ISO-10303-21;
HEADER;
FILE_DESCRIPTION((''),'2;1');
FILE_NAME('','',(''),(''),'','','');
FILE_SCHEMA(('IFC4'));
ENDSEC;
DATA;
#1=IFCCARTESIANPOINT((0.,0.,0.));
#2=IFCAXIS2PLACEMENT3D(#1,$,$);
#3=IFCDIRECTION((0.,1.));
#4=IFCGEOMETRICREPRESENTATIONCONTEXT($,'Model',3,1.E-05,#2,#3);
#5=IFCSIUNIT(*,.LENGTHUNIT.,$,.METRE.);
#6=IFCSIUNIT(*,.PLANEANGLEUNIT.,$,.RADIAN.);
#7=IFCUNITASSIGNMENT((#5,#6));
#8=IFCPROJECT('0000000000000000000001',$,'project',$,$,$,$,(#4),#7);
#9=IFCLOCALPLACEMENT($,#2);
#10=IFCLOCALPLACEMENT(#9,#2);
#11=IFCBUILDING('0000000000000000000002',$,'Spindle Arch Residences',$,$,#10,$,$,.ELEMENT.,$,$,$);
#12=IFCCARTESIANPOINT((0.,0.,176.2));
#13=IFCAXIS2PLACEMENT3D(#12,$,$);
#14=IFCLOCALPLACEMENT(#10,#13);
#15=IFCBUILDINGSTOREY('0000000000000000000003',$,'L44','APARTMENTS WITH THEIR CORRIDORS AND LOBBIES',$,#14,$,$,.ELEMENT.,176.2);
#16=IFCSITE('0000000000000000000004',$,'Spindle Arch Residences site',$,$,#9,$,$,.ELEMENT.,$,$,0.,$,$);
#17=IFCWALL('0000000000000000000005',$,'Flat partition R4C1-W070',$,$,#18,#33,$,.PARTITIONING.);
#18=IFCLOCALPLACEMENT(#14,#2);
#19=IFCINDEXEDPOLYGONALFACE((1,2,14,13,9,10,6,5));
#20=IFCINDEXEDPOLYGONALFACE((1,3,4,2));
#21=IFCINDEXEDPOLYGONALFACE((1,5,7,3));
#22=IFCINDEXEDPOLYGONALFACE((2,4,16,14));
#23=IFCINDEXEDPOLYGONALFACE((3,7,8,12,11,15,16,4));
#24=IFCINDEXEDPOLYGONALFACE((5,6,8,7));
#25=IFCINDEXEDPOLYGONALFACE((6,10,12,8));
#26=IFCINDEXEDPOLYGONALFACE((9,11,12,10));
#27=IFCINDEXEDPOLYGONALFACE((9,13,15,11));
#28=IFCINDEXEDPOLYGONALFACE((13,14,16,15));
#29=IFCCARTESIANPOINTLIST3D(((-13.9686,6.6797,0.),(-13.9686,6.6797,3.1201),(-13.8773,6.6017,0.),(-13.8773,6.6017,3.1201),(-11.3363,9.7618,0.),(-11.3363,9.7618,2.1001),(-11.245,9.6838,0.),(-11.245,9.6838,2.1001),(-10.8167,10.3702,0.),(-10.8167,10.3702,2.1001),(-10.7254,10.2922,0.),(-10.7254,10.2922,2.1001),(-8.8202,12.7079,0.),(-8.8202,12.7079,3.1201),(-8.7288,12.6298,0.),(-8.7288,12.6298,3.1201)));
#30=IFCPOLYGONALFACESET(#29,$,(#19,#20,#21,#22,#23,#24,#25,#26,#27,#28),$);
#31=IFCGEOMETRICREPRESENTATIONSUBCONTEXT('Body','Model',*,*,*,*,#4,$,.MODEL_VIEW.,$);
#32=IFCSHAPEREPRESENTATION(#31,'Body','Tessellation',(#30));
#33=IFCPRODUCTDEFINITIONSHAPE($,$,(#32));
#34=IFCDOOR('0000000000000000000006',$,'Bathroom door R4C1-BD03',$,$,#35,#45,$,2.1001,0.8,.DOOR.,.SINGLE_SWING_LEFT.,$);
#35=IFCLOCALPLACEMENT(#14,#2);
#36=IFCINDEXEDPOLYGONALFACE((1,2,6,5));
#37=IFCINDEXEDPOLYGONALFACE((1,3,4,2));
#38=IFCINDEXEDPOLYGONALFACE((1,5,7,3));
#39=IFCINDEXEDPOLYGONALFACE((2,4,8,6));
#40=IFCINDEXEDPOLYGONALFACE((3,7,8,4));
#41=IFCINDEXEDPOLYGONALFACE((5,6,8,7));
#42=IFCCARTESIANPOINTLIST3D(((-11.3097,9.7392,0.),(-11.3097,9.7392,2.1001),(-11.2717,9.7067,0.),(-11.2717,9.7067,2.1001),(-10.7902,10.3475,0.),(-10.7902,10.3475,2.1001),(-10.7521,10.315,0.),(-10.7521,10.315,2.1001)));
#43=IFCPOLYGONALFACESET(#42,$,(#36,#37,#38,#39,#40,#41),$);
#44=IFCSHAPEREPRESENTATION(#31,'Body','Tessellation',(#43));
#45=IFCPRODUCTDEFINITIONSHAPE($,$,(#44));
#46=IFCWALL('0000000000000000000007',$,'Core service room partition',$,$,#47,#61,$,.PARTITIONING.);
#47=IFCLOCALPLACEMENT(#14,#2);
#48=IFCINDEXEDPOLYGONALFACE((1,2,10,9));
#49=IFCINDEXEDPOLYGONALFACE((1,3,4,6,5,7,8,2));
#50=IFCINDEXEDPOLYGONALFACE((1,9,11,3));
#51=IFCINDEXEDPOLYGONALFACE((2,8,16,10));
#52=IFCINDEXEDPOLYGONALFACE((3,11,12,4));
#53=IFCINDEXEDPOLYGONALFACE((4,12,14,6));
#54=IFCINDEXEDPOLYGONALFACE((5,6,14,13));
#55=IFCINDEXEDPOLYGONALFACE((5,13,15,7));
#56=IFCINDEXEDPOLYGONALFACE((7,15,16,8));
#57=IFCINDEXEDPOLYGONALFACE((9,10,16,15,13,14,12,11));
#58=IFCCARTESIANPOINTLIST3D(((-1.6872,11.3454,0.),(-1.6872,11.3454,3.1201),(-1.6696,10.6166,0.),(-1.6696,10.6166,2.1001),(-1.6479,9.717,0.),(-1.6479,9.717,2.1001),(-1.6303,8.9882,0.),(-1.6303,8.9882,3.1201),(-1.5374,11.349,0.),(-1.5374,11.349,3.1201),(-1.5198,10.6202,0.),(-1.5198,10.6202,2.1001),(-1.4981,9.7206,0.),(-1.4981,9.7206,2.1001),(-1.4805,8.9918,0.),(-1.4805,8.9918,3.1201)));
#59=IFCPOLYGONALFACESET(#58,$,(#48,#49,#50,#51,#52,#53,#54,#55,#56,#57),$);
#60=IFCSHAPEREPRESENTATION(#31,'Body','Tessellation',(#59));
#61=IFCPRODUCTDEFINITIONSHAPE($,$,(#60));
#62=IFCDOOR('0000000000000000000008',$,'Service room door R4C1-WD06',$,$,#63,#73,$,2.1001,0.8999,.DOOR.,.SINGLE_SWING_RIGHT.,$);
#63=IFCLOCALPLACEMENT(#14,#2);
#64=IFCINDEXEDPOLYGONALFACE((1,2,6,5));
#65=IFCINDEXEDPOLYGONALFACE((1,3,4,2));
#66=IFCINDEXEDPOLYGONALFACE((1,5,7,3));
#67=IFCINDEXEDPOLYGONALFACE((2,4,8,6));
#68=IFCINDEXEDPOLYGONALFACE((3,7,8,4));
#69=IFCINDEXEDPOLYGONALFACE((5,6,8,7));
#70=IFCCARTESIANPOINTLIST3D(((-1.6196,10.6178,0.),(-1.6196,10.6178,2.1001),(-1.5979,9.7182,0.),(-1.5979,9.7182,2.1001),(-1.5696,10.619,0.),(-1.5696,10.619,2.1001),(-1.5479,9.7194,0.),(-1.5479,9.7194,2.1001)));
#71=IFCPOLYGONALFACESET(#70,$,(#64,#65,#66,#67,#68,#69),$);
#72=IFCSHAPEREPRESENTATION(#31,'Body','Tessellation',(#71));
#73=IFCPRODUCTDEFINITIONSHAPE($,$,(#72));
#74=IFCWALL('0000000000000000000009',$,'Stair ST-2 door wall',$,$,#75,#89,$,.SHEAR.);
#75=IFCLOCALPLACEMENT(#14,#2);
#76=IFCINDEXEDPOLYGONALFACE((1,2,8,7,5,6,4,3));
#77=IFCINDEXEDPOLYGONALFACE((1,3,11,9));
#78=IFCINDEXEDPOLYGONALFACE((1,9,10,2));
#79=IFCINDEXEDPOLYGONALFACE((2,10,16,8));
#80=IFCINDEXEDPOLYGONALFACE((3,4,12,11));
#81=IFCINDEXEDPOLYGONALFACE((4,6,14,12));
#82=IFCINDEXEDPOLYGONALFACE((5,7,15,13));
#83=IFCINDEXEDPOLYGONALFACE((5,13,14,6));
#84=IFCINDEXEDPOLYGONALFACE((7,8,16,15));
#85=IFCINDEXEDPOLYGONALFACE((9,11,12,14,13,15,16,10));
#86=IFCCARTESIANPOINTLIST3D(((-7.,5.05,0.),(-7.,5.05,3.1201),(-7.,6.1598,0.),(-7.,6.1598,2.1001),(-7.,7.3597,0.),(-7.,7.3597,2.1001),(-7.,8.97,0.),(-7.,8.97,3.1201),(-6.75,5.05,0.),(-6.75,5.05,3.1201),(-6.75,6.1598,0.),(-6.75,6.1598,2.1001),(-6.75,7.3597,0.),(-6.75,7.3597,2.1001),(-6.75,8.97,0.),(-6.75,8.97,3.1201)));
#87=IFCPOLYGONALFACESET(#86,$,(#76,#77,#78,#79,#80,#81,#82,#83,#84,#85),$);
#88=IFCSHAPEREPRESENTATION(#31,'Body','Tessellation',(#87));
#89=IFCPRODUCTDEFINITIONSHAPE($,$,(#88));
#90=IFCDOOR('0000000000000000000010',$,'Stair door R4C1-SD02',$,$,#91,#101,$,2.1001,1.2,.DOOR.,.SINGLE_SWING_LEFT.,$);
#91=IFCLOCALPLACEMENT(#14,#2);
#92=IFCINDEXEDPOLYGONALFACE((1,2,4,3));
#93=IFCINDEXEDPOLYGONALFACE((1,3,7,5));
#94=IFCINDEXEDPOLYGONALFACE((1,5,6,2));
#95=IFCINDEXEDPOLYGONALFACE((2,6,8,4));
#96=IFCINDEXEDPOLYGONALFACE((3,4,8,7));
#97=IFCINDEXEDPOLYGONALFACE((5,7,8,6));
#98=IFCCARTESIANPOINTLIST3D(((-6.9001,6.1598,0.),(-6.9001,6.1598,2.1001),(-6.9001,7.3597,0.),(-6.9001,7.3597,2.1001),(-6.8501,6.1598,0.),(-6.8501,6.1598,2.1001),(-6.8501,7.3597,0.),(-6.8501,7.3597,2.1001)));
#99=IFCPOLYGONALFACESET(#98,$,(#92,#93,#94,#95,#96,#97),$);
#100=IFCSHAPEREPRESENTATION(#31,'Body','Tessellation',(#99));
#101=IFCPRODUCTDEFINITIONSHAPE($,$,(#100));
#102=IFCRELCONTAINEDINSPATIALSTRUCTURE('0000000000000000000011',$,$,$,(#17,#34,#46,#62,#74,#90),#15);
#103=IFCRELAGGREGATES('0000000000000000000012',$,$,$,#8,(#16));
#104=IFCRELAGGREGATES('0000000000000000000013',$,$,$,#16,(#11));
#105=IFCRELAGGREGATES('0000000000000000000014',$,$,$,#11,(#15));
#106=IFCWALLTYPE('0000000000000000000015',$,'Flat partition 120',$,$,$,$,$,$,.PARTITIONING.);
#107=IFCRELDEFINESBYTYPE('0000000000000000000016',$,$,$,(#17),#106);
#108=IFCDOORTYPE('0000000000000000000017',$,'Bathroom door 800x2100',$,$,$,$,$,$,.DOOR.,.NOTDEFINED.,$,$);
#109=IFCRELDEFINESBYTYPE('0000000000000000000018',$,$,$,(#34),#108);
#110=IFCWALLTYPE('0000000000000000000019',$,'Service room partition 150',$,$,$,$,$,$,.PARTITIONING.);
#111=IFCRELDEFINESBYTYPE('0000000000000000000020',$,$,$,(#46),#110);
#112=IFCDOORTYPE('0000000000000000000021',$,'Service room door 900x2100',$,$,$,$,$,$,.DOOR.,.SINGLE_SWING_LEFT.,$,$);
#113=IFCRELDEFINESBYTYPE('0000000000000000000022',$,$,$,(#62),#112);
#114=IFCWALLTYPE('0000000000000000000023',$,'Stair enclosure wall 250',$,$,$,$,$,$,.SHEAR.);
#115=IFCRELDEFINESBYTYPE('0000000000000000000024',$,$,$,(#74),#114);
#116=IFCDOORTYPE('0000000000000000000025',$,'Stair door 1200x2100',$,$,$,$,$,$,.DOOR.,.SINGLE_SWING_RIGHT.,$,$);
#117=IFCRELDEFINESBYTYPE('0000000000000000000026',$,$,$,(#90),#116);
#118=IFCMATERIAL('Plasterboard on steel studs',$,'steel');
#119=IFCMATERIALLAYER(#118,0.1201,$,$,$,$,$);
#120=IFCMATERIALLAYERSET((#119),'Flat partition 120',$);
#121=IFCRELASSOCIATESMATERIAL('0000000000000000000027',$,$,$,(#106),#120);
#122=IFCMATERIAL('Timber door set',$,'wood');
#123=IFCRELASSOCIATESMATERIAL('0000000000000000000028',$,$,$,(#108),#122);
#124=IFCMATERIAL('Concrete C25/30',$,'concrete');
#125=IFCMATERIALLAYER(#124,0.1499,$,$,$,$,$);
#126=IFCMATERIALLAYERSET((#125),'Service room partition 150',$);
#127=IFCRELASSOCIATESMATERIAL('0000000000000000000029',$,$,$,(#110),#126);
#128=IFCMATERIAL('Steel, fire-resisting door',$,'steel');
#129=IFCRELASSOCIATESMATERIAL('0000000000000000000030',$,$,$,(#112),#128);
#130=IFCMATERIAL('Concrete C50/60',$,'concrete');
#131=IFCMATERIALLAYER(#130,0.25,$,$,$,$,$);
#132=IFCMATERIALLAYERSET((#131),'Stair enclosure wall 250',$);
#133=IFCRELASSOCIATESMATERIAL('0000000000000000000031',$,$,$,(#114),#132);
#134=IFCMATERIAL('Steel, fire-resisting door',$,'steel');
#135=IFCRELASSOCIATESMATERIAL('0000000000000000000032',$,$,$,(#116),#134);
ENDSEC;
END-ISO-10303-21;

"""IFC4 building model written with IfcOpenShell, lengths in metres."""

from ifc_helpers import new_model, si_unit, direction, frame, frame_2d, origin, place, context, subcontext, project, spatial, rectangle, extrude, material, layer, layer_set, type_object, element, fill, save


model = new_model("IFC4")

# Units and contexts
model_context = context("Model", 3, precision=1e-05, world=origin(), true_north=direction((0.0, 1.0)))
body_context = subcontext(model_context, "Body", "Model", "MODEL_VIEW")
ifc_project = project(units=[si_unit("LENGTHUNIT", "METRE"), si_unit("PLANEANGLEUNIT", "RADIAN")], contexts=[model_context])

# Site, building, storey
site_placement = place(None, origin())
site = spatial("IfcSite", under=ifc_project, at=site_placement, Name="Spindle Arch Residences site", CompositionType="ELEMENT", RefElevation=0.0)
building_placement = place(site_placement, origin())
building = spatial("IfcBuilding", under=site, at=building_placement, Name="Spindle Arch Residences", CompositionType="ELEMENT")
storey_placement = place(building_placement, frame((0.0, 0.0, 176.2)))
storey = spatial("IfcBuildingStorey", under=building, at=storey_placement, Name="L44", Description="APARTMENTS WITH THEIR CORRIDORS AND LOBBIES", CompositionType="ELEMENT", Elevation=176.2)

# Shared definitions
ifc_material_1 = material(Name="Plasterboard on steel studs", Category="steel")
ifc_layer_1 = layer(ifc_material_1, 0.1201)
ifc_layer_set_1 = layer_set([ifc_layer_1], Name="Flat partition 120")
wall_type_1 = type_object("IfcWallType", Name="Flat partition 120", PredefinedType="PARTITIONING", material=ifc_layer_set_1)

# Walls, openings, doors
wall_1_placement = place(storey_placement, frame((-8.7744, 12.6689, 0.0), z_axis=(0.0, 0.0, 1.0), x_axis=(-0.649446, -0.760408, 0.0)))
wall_1 = element("IfcWall", 1, at=wall_1_placement, inside=storey, type_object=wall_type_1, Name="Flat partition R4C1-W070", PredefinedType="PARTITIONING", context=body_context, shape_type="SweptSolid", body=[
    extrude(rectangle(XDim=7.9275, YDim=0.1201, at=frame_2d((3.9639, 0.0))), origin(), (0.0, 0.0, 1.0), 3.1201),
])
opening_1_placement = place(wall_1_placement, frame((3.0745, 0.0, 0.0)))
opening_1 = element("IfcOpeningElement", 2, at=opening_1_placement, cuts=wall_1, PredefinedType="OPENING", context=body_context, shape_type="SweptSolid", body=[
    extrude(rectangle(XDim=0.8, YDim=2.1001, at=frame_2d((0.3999, 1.05))), frame((0.0, 0.0701, 0.0), z_axis=(0.0, -1.0, 0.0), x_axis=(1.0, 0.0, 0.0)), (0.0, 0.0, 1.0), 0.1401),
])
ifc_material_2 = material(Name="Timber door set", Category="wood")
door_type_1 = type_object("IfcDoorType", Name="Bathroom door 800x2100", OperationType="NOTDEFINED", PredefinedType="DOOR", material=ifc_material_2)
door_1_placement = place(opening_1_placement, origin())
door_1 = element("IfcDoor", 3, at=door_1_placement, inside=storey, type_object=door_type_1, Name="Bathroom door R4C1-BD03", OperationType="SINGLE_SWING_LEFT", OverallHeight=2.1001, OverallWidth=0.8, PredefinedType="DOOR", context=body_context, shape_type="SweptSolid", body=[
    extrude(rectangle(XDim=0.8, YDim=2.1001, at=frame_2d((0.3999, 1.05))), frame((0.0, 0.0249, 0.0), z_axis=(0.0, -1.0, 0.0), x_axis=(1.0, 0.0, 0.0)), (0.0, 0.0, 1.0), 0.05),
])
fill(opening_1, door_1)
ifc_material_3 = material(Name="Concrete C25/30", Category="concrete")
ifc_layer_2 = layer(ifc_material_3, 0.1499)
ifc_layer_set_2 = layer_set([ifc_layer_2], Name="Service room partition 150")
wall_type_2 = type_object("IfcWallType", Name="Service room partition 150", PredefinedType="PARTITIONING", material=ifc_layer_set_2)
wall_2_placement = place(storey_placement, frame((-1.5554, 8.99, 0.0), z_axis=(0.0, 0.0, 1.0), x_axis=(-0.024126, 0.999709, 0.0)))
wall_2 = element("IfcWall", 4, at=wall_2_placement, inside=storey, type_object=wall_type_2, Name="Core service room partition", PredefinedType="PARTITIONING", context=body_context, shape_type="SweptSolid", body=[
    extrude(rectangle(XDim=2.3579, YDim=0.1499, at=frame_2d((1.179, 0.0))), origin(), (0.0, 0.0, 1.0), 3.1201),
])
opening_2_placement = place(wall_2_placement, frame((0.729, 0.0, 0.0)))
opening_2 = element("IfcOpeningElement", 5, at=opening_2_placement, cuts=wall_2, PredefinedType="OPENING", context=body_context, shape_type="SweptSolid", body=[
    extrude(rectangle(XDim=0.8999, YDim=2.1001, at=frame_2d((0.45, 1.05))), frame((0.0, 0.085, 0.0), z_axis=(0.0, -1.0, 0.0), x_axis=(1.0, 0.0, 0.0)), (0.0, 0.0, 1.0), 0.1699),
])
ifc_material_4 = material(Name="Steel, fire-resisting door", Category="steel")
door_type_2 = type_object("IfcDoorType", Name="Service room door 900x2100", OperationType="SINGLE_SWING_LEFT", PredefinedType="DOOR", material=ifc_material_4)
door_2_placement = place(opening_2_placement, origin())
door_2 = element("IfcDoor", 6, at=door_2_placement, inside=storey, type_object=door_type_2, Name="Service room door R4C1-WD06", OperationType="SINGLE_SWING_RIGHT", OverallHeight=2.1001, OverallWidth=0.8999, PredefinedType="DOOR", context=body_context, shape_type="SweptSolid", body=[
    extrude(rectangle(XDim=0.8999, YDim=2.1001, at=frame_2d((0.45, 1.05))), frame((0.0, 0.0249, 0.0), z_axis=(0.0, -1.0, 0.0), x_axis=(1.0, 0.0, 0.0)), (0.0, 0.0, 1.0), 0.05),
])
fill(opening_2, door_2)
ifc_material_5 = material(Name="Concrete C50/60", Category="concrete")
ifc_layer_3 = layer(ifc_material_5, 0.25)
ifc_layer_set_3 = layer_set([ifc_layer_3], Name="Stair enclosure wall 250")
wall_type_3 = type_object("IfcWallType", Name="Stair enclosure wall 250", PredefinedType="SHEAR", material=ifc_layer_set_3)
wall_3_placement = place(storey_placement, frame((-6.875, 8.97, 0.0), z_axis=(0.0, 0.0, 1.0), x_axis=(0.0, -1.0, 0.0)))
wall_3 = element("IfcWall", 7, at=wall_3_placement, inside=storey, type_object=wall_type_3, Name="Stair ST-2 door wall", PredefinedType="SHEAR", context=body_context, shape_type="SweptSolid", body=[
    extrude(rectangle(XDim=3.9199, YDim=0.25, at=frame_2d((1.96, 0.0))), origin(), (0.0, 0.0, 1.0), 3.1201),
])
opening_3_placement = place(wall_3_placement, frame((1.6101, 0.0, 0.0)))
opening_3 = element("IfcOpeningElement", 8, at=opening_3_placement, cuts=wall_3, PredefinedType="OPENING", context=body_context, shape_type="SweptSolid", body=[
    extrude(rectangle(XDim=1.2, YDim=2.1001, at=frame_2d((0.6001, 1.05))), frame((0.0, 0.135, 0.0), z_axis=(0.0, -1.0, 0.0), x_axis=(1.0, 0.0, 0.0)), (0.0, 0.0, 1.0), 0.27),
])
ifc_material_6 = material(Name="Steel, fire-resisting door", Category="steel")
door_type_3 = type_object("IfcDoorType", Name="Stair door 1200x2100", OperationType="SINGLE_SWING_RIGHT", PredefinedType="DOOR", material=ifc_material_6)
door_3_placement = place(opening_3_placement, origin())
door_3 = element("IfcDoor", 9, at=door_3_placement, inside=storey, type_object=door_type_3, Name="Stair door R4C1-SD02", OperationType="SINGLE_SWING_LEFT", OverallHeight=2.1001, OverallWidth=1.2, PredefinedType="DOOR", context=body_context, shape_type="SweptSolid", body=[
    extrude(rectangle(XDim=1.2, YDim=2.1001, at=frame_2d((0.6001, 1.05))), frame((0.0, 0.0249, 0.0), z_axis=(0.0, -1.0, 0.0), x_axis=(1.0, 0.0, 0.0)), (0.0, 0.0, 1.0), 0.05),
])
fill(opening_3, door_3)

save(model, "model.ifc")
